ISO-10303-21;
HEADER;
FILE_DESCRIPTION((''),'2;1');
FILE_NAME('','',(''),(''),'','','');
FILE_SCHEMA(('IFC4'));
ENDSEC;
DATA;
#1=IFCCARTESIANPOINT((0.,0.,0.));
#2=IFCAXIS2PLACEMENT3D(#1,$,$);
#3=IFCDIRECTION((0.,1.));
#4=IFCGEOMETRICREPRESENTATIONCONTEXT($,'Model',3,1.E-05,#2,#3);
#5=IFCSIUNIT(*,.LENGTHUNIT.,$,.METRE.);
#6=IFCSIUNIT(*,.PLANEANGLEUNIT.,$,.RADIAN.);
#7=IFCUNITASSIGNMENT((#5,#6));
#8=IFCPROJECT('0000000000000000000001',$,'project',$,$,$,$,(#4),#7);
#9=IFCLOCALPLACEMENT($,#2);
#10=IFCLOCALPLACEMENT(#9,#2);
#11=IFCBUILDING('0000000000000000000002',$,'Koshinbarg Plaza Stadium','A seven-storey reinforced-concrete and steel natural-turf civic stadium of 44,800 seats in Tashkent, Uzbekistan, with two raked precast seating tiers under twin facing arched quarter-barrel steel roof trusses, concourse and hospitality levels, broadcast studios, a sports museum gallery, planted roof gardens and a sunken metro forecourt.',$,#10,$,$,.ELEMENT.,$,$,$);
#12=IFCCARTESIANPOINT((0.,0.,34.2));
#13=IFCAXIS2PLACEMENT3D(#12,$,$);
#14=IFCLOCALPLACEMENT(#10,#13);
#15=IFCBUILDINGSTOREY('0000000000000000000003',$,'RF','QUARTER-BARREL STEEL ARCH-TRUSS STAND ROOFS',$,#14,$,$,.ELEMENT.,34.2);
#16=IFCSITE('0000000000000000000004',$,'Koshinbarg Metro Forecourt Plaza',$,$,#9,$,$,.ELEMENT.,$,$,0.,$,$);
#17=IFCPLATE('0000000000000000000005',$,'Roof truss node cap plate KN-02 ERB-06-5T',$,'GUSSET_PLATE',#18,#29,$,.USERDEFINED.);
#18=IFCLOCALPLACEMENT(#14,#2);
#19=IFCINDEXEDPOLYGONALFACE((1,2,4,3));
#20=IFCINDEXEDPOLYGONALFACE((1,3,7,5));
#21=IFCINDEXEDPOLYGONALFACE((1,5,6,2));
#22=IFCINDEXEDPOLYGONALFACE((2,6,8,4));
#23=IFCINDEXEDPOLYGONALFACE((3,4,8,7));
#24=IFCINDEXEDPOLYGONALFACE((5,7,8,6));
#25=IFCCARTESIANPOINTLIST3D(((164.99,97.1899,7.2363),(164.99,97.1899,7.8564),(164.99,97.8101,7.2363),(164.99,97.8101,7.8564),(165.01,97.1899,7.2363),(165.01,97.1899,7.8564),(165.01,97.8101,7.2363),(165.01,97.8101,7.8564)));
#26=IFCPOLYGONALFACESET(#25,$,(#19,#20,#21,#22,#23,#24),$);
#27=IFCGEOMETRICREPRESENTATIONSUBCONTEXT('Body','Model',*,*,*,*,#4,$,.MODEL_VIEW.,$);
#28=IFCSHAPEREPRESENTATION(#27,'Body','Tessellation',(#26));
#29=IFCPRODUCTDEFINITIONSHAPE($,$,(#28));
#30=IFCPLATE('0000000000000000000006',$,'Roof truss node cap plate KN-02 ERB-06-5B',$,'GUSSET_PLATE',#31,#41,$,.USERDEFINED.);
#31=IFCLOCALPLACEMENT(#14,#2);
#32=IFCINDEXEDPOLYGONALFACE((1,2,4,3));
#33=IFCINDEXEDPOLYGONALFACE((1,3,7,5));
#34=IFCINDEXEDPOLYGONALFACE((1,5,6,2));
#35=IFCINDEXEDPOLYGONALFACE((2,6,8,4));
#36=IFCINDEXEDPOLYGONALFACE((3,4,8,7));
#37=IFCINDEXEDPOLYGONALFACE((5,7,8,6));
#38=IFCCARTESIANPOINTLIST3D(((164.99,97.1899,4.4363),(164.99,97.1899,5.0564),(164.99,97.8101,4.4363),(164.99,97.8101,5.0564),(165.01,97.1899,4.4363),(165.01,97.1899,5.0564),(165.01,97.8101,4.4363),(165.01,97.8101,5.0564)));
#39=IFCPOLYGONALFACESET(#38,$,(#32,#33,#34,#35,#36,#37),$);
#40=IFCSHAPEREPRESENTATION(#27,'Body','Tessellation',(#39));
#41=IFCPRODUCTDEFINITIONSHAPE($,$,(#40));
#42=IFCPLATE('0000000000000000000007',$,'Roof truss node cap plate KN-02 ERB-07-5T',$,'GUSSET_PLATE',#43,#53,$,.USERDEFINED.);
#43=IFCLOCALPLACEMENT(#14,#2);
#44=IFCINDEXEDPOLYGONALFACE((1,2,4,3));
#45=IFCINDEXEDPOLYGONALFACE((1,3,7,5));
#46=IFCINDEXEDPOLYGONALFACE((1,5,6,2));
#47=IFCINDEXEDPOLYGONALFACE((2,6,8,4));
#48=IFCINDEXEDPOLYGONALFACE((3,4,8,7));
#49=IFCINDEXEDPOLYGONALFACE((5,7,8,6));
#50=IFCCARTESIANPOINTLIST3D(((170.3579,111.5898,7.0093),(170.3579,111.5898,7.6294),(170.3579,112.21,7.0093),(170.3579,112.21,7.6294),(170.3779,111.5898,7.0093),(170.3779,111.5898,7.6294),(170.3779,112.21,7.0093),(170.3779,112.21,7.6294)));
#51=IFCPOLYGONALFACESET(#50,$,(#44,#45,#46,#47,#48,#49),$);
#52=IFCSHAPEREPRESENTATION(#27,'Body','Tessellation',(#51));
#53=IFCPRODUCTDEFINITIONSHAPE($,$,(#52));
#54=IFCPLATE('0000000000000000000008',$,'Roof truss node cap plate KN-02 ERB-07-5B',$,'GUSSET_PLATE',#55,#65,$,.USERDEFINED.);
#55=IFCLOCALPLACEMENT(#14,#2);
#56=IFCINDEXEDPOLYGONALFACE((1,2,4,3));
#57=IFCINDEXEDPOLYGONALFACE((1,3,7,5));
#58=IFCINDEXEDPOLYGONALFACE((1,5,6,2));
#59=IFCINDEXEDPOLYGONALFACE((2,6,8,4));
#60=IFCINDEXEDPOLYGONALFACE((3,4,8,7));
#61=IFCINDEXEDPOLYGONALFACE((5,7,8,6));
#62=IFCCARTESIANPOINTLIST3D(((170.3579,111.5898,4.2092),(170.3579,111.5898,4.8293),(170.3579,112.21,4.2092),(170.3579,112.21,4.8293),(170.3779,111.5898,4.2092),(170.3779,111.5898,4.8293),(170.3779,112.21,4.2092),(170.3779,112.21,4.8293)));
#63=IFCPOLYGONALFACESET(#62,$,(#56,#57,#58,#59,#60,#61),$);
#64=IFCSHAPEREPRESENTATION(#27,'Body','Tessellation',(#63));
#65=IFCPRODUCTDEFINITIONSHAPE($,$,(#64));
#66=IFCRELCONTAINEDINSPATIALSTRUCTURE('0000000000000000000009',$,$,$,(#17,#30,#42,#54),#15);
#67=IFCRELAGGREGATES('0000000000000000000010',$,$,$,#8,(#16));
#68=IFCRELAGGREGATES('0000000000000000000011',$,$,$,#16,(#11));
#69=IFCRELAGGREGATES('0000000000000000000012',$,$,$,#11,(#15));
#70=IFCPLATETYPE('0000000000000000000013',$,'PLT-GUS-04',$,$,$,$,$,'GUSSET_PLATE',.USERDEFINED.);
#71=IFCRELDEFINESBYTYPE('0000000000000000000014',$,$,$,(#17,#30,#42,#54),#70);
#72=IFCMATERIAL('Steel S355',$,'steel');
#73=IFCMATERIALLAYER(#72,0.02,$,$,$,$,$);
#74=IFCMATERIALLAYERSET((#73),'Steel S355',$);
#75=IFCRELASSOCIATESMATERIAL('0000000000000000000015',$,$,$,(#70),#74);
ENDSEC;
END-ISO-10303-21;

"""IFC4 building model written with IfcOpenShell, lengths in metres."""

from ifc_helpers import new_model, si_unit, direction, frame, origin, origin_2d, place, context, subcontext, project, spatial, rectangle, extrude, material, layer, layer_set, type_object, element, save


model = new_model("IFC4")

# Units and contexts
model_context = context("Model", 3, precision=1e-05, world=origin(), true_north=direction((0.0, 1.0)))
body_context = subcontext(model_context, "Body", "Model", "MODEL_VIEW")
ifc_project = project(units=[si_unit("LENGTHUNIT", "METRE"), si_unit("PLANEANGLEUNIT", "RADIAN")], contexts=[model_context])

# Site, building, storey
site_placement = place(None, origin())
site = spatial("IfcSite", under=ifc_project, at=site_placement, Name="Koshinbarg Metro Forecourt Plaza", CompositionType="ELEMENT", RefElevation=0.0)
building_placement = place(site_placement, origin())
building = spatial("IfcBuilding", under=site, at=building_placement, Name="Koshinbarg Plaza Stadium", Description="A seven-storey reinforced-concrete and steel natural-turf civic stadium of 44,800 seats in Tashkent, Uzbekistan, with two raked precast seating tiers under twin facing arched quarter-barrel steel roof trusses, concourse and hospitality levels, broadcast studios, a sports museum gallery, planted roof gardens and a sunken metro forecourt.", CompositionType="ELEMENT")
storey_placement = place(building_placement, frame((0.0, 0.0, 34.2)))
storey = spatial("IfcBuildingStorey", under=building, at=storey_placement, Name="RF", Description="QUARTER-BARREL STEEL ARCH-TRUSS STAND ROOFS", CompositionType="ELEMENT", Elevation=34.2)

# Shared definitions
ifc_material = material(Name="Steel S355", Category="steel")

# Plates
ifc_layer = layer(ifc_material, 0.02)
ifc_layer_set = layer_set([ifc_layer], Name="Steel S355")
plate_type = type_object("IfcPlateType", Name="PLT-GUS-04", ElementType="GUSSET_PLATE", PredefinedType="USERDEFINED", material=ifc_layer_set)
for number, where, z_axis, x_axis, name in (
    (1, (165.0, 97.5, 7.2363), (0.0, 0.0, 1.0), (1.0, 0.0, 0.0), "Roof truss node cap plate KN-02 ERB-06-5T"),
    (2, (165.0, 97.5, 4.4363), (0.0, 0.0, 1.0), (1.0, 0.0, 0.0), "Roof truss node cap plate KN-02 ERB-06-5B"),
    (3, (170.3679, 111.8999, 7.0093), (0.0, 0.0, 1.0), (1.0, 0.0, 0.0), "Roof truss node cap plate KN-02 ERB-07-5T"),
    (4, (170.3679, 111.8999, 4.2092), (0.0, 0.0, 1.0), (1.0, 0.0, 0.0), "Roof truss node cap plate KN-02 ERB-07-5B"),
):
    element("IfcPlate", number, at=place(storey_placement, frame(where, z_axis=z_axis, x_axis=x_axis)), inside=storey, type_object=plate_type, Name=name, ObjectType="GUSSET_PLATE", PredefinedType="USERDEFINED", context=body_context, shape_type="SweptSolid", body=[
        extrude(rectangle(XDim=0.02, YDim=0.6201, at=origin_2d()), origin(), (0.0, 0.0, 1.0), 0.6201),
    ])

save(model, "model.ifc")
